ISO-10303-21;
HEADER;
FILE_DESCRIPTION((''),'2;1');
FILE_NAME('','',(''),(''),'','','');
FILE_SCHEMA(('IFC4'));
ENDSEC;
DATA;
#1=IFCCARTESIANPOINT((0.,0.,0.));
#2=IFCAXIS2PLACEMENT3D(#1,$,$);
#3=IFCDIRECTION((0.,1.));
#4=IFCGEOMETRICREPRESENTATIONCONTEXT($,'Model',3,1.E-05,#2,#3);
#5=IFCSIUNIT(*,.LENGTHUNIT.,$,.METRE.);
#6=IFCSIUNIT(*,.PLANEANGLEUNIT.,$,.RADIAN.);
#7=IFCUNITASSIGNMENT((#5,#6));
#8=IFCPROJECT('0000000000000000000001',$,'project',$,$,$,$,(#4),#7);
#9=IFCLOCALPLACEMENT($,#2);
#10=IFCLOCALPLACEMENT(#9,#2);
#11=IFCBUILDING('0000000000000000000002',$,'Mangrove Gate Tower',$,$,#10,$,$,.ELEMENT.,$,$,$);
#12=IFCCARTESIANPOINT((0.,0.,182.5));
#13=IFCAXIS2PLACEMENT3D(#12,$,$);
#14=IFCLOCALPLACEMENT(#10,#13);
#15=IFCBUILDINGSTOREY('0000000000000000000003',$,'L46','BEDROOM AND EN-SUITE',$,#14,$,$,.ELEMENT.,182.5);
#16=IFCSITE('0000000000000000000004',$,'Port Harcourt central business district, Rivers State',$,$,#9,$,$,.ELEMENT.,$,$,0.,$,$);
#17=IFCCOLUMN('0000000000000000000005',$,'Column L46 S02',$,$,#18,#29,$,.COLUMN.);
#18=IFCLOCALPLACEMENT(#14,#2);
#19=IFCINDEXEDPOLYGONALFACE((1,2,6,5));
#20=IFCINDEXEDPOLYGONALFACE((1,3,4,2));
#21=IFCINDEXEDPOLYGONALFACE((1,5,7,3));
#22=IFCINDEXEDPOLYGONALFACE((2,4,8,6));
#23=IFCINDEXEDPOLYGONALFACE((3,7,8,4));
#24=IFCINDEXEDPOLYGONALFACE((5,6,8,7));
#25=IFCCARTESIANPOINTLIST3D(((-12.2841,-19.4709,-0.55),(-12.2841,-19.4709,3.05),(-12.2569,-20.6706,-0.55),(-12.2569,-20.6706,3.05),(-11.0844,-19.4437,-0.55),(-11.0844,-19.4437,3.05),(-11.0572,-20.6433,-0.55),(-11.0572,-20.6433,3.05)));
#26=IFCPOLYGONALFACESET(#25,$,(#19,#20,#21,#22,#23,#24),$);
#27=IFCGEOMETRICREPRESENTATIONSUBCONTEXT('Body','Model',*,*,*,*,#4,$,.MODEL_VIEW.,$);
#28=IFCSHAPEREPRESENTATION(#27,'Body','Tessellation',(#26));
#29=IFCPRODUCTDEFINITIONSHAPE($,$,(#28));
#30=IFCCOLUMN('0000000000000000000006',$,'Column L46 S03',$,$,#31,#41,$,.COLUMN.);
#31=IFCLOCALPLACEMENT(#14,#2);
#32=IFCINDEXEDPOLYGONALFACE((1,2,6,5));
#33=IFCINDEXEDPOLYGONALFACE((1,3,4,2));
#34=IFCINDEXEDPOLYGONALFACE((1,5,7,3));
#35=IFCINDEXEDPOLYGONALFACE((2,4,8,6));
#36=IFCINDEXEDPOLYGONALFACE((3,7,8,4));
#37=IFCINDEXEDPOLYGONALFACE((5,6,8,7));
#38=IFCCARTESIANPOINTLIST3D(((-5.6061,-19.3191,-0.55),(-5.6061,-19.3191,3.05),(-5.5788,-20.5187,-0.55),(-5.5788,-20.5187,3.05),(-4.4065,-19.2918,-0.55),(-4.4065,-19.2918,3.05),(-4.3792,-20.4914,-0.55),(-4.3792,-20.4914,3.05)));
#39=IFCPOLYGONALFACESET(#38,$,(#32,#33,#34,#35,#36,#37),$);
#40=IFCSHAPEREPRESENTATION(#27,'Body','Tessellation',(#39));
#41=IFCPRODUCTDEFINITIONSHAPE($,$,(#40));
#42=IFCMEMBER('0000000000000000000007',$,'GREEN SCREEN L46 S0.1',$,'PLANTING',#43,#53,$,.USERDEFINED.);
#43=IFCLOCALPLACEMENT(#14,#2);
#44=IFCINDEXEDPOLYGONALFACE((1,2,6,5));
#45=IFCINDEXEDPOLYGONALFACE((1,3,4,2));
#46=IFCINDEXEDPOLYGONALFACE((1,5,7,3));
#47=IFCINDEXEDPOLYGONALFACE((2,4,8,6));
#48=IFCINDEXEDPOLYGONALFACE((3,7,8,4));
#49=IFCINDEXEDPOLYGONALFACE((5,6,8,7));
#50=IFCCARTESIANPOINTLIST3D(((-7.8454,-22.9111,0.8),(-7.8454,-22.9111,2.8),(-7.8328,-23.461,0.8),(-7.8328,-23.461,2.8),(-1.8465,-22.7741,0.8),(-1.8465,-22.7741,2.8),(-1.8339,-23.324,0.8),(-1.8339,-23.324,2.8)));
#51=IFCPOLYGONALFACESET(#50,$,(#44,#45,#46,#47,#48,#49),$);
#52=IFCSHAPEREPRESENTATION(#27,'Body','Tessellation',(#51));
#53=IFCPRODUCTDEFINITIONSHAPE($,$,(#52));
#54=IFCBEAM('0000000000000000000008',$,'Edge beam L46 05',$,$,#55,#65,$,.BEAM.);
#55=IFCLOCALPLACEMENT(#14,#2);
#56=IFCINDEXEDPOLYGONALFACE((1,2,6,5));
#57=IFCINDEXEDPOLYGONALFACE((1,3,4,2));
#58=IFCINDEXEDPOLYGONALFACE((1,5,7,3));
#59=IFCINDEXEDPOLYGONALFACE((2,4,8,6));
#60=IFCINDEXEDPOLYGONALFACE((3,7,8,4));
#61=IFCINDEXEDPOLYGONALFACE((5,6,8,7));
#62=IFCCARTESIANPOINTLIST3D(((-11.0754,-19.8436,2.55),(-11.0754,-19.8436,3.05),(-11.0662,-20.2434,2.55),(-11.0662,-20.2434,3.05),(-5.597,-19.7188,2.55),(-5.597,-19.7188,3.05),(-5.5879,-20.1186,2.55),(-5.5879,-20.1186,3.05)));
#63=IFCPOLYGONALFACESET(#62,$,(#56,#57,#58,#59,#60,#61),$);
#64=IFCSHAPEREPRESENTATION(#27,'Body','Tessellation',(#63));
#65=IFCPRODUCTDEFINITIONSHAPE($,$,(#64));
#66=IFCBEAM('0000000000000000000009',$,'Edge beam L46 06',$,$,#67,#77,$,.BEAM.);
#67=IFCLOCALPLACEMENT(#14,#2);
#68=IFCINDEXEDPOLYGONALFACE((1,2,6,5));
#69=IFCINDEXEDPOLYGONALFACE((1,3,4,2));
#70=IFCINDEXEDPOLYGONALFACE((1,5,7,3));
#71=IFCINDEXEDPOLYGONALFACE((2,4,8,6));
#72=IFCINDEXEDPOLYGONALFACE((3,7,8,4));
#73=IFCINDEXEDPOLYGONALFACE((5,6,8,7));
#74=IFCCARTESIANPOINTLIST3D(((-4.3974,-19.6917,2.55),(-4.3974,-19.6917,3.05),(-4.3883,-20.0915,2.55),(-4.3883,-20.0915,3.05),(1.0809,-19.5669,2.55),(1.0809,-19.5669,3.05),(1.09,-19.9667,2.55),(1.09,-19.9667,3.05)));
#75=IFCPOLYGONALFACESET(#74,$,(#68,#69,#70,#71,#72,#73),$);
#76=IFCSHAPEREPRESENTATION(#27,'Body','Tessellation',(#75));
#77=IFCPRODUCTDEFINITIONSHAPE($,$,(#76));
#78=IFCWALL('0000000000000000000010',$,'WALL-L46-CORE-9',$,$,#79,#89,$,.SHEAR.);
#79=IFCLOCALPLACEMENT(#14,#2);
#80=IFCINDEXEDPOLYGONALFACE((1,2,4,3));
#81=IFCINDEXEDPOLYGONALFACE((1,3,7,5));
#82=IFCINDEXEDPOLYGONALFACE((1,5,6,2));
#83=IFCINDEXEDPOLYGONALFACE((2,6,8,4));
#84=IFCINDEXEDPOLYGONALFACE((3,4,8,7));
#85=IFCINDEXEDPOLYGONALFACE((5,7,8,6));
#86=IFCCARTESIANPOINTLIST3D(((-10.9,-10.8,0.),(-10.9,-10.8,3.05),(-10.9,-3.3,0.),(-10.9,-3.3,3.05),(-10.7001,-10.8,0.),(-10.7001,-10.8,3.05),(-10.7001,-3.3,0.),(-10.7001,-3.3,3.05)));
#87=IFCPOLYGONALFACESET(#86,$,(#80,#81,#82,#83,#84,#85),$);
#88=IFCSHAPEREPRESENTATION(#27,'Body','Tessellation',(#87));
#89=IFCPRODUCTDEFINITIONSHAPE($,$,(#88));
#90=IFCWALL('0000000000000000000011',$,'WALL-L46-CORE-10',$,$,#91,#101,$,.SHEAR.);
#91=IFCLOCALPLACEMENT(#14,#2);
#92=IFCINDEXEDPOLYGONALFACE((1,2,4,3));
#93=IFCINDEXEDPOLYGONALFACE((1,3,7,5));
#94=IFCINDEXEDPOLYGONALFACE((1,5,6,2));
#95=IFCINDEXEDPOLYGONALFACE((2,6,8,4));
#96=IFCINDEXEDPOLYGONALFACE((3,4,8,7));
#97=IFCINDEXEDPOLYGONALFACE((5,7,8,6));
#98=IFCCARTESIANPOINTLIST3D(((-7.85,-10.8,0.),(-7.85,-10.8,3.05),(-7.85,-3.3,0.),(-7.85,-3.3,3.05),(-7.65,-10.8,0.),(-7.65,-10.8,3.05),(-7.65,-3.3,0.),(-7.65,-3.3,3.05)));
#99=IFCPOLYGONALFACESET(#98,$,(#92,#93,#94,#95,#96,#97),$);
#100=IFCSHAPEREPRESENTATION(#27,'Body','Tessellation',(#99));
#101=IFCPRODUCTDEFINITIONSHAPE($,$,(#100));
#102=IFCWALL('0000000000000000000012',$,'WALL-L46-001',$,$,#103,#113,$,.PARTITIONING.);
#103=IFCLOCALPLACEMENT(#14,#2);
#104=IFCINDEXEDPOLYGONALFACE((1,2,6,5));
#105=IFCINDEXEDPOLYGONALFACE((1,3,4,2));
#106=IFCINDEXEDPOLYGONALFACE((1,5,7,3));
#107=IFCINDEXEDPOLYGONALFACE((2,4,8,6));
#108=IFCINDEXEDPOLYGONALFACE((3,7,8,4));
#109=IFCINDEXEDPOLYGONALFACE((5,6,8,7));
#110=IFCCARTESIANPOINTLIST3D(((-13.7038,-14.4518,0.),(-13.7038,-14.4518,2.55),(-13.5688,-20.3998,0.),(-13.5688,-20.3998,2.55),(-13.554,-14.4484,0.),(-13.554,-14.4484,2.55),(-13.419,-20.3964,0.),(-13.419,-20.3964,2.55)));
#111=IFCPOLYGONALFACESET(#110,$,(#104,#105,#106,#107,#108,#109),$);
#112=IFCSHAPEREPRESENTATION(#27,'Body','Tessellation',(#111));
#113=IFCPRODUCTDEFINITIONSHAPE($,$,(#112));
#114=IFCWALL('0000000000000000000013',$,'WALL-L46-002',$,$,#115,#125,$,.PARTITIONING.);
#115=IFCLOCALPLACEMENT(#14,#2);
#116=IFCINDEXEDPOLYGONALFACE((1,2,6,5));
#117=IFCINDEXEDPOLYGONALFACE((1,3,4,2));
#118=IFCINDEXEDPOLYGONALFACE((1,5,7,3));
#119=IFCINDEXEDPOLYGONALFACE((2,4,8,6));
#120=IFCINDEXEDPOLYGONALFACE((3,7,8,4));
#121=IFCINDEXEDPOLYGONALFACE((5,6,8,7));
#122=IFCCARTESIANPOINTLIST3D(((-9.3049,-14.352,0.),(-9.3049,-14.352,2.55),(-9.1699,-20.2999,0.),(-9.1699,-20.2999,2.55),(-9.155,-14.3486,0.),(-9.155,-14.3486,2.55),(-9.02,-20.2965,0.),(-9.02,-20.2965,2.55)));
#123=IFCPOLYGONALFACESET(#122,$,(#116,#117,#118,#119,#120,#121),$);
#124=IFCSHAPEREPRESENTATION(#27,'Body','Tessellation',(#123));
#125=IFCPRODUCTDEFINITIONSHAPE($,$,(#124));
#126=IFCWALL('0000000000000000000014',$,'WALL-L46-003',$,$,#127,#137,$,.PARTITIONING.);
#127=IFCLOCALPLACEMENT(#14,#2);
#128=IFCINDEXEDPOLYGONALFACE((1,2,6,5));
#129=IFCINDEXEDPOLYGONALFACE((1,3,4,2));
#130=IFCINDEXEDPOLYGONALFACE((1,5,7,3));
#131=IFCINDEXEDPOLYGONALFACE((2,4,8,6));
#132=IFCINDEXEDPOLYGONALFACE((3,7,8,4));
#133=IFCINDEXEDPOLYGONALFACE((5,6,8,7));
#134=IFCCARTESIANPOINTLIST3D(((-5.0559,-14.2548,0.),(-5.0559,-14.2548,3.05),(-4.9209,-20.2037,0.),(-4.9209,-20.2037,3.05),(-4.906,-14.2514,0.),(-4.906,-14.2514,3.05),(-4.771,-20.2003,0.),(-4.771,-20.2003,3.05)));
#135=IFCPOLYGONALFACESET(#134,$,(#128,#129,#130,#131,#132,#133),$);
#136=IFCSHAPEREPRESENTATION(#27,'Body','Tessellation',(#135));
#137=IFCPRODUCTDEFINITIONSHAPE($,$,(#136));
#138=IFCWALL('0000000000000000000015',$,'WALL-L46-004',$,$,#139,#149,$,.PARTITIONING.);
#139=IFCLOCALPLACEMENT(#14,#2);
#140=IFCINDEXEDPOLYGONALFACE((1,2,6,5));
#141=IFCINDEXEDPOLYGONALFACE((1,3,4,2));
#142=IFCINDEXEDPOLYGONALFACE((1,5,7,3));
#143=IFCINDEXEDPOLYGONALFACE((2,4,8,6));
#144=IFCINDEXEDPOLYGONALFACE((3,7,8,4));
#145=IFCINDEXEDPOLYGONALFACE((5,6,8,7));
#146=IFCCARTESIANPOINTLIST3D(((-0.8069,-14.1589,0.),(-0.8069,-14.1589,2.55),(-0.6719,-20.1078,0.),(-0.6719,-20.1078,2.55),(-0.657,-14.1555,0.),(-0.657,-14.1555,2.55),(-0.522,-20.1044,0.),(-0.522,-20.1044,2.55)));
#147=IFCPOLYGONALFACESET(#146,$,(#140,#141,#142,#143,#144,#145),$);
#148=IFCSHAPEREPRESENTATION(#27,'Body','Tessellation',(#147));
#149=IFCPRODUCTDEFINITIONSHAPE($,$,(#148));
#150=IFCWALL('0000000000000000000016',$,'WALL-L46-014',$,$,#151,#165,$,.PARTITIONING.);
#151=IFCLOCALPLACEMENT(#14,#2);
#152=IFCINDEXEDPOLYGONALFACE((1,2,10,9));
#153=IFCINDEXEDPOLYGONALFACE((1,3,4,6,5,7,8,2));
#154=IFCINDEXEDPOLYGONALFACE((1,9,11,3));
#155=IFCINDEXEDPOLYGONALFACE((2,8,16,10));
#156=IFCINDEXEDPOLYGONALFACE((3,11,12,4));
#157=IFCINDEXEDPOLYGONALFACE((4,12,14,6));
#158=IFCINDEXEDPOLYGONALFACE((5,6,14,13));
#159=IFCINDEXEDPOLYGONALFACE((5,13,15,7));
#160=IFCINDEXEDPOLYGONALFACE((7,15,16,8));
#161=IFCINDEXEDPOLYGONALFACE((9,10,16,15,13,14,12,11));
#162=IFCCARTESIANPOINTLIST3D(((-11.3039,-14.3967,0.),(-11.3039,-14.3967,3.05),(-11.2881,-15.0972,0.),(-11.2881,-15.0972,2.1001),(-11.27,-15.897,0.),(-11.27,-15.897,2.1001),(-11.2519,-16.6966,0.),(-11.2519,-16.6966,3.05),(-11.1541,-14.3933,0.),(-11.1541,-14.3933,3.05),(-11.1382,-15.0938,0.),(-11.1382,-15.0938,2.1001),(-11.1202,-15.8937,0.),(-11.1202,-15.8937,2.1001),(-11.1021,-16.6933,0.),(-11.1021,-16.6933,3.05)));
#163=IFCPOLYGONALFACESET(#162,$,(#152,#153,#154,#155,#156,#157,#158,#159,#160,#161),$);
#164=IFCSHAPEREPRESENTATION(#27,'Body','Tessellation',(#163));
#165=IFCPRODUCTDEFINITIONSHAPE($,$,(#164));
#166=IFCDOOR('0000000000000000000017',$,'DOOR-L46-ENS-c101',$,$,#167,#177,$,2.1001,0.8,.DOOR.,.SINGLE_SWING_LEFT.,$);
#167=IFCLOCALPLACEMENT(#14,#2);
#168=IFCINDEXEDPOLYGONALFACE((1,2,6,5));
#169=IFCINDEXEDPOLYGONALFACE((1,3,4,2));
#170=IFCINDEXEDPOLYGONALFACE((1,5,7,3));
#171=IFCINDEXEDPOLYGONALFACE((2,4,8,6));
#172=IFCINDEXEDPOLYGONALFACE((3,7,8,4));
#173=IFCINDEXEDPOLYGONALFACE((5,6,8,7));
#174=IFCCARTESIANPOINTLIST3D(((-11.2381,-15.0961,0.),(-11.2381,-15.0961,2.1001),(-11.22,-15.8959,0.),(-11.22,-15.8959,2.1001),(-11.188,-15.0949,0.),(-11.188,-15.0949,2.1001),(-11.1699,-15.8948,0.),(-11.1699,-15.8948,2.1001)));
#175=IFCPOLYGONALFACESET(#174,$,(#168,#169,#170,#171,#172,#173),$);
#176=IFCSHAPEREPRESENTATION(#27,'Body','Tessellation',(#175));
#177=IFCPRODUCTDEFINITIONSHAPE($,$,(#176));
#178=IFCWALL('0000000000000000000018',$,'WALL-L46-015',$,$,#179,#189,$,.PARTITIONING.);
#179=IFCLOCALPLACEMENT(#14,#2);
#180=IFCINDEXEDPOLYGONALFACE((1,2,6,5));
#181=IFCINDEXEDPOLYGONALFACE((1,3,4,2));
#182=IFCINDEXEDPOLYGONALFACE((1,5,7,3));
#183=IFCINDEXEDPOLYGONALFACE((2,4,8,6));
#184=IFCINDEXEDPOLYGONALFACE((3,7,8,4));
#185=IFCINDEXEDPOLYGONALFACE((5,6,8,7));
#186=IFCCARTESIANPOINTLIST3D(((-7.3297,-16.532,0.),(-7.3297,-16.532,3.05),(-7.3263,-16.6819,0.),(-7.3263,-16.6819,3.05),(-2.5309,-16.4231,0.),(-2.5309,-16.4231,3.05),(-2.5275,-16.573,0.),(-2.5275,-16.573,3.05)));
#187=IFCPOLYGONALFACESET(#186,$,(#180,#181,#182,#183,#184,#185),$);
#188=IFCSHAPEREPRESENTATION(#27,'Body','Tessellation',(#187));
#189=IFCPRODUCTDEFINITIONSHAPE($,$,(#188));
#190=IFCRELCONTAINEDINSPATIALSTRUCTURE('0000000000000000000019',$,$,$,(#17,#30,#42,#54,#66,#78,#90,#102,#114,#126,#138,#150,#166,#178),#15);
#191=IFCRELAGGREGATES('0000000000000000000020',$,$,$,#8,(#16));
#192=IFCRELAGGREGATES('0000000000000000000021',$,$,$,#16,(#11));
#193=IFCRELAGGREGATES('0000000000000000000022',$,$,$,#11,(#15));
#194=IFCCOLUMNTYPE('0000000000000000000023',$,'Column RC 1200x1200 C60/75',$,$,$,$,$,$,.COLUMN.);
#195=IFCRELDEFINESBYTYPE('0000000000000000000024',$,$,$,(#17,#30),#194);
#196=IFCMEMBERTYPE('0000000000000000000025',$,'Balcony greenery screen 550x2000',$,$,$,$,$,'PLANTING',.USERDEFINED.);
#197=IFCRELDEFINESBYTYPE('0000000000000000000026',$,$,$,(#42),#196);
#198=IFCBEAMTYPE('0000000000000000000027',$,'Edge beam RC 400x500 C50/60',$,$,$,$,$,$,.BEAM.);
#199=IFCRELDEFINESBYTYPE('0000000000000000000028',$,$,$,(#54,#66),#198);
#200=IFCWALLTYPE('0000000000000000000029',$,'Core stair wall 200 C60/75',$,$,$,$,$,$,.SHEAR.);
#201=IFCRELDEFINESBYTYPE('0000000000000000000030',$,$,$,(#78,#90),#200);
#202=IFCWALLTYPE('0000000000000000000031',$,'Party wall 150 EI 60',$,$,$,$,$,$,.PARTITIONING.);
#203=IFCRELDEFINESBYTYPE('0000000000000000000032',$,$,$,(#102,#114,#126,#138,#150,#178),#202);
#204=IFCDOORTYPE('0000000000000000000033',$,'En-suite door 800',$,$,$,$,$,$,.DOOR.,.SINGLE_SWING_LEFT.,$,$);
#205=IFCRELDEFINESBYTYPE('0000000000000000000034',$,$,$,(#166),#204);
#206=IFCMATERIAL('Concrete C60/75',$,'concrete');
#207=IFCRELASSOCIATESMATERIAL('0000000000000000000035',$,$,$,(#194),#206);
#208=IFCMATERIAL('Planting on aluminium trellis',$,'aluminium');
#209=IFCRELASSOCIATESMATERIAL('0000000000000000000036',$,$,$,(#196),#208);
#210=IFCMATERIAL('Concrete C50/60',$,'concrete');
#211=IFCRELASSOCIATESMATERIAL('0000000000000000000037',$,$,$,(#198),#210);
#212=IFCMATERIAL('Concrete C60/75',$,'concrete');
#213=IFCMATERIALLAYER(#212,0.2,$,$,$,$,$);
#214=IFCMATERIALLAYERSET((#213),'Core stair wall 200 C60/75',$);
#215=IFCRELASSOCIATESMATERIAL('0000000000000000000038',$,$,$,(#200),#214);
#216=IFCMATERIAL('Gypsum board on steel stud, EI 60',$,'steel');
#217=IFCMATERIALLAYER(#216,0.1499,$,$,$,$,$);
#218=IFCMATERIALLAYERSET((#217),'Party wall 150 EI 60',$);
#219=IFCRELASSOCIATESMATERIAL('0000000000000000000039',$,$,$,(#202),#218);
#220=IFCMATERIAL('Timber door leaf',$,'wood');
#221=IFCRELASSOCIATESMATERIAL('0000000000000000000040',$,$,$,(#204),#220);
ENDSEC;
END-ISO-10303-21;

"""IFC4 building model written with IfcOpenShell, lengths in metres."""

from ifc_helpers import new_model, si_unit, direction, frame, frame_2d, origin, origin_2d, place, context, subcontext, project, spatial, rectangle, extrude, material, layer, layer_set, material_profile, profile_set, type_object, element, fill, save


model = new_model("IFC4")

# Units and contexts
model_context = context("Model", 3, precision=1e-05, world=origin(), true_north=direction((0.0, 1.0)))
body_context = subcontext(model_context, "Body", "Model", "MODEL_VIEW")
ifc_project = project(units=[si_unit("LENGTHUNIT", "METRE"), si_unit("PLANEANGLEUNIT", "RADIAN")], contexts=[model_context])

# Site, building, storey
site_placement = place(None, origin())
site = spatial("IfcSite", under=ifc_project, at=site_placement, Name="Port Harcourt central business district, Rivers State", CompositionType="ELEMENT", RefElevation=0.0)
building_placement = place(site_placement, origin())
building = spatial("IfcBuilding", under=site, at=building_placement, Name="Mangrove Gate Tower", CompositionType="ELEMENT")
storey_placement = place(building_placement, frame((0.0, 0.0, 182.5)))
storey = spatial("IfcBuildingStorey", under=building, at=storey_placement, Name="L46", Description="BEDROOM AND EN-SUITE", CompositionType="ELEMENT", Elevation=182.5)

# Columns
ifc_material_1 = material(Name="Concrete C60/75", Category="concrete")
ifc_material_profile_1 = material_profile(ifc_material_1, rectangle(XDim=1.2, YDim=1.2, at=origin_2d()))
ifc_profile_set_1 = profile_set([ifc_material_profile_1], Name="Concrete C60/75")
column_type = type_object("IfcColumnType", Name="Column RC 1200x1200 C60/75", PredefinedType="COLUMN", material=ifc_profile_set_1)
for number, where, z_axis, x_axis, name in (
    (1, (-11.6707, -20.0571, -0.55), (0.0, 0.0, 1.0), (0.999743, 0.022679, 0.0), "Column L46 S02"),
    (2, (-4.9927, -19.9053, -0.55), (0.0, 0.0, 1.0), (0.999741, 0.022755, 0.0), "Column L46 S03"),
):
    element("IfcColumn", number, at=place(storey_placement, frame(where, z_axis=z_axis, x_axis=x_axis)), inside=storey, type_object=column_type, Name=name, PredefinedType="COLUMN", context=body_context, shape_type="SweptSolid", body=[
        extrude(rectangle(XDim=1.2, YDim=1.2, at=origin_2d()), origin(), (0.0, 0.0, 1.0), 3.6001),
    ])

# Member
ifc_material_2 = material(Name="Planting on aluminium trellis", Category="aluminium")
ifc_material_profile_2 = material_profile(ifc_material_2, rectangle(XDim=0.55, YDim=2.0, at=origin_2d()))
ifc_profile_set_2 = profile_set([ifc_material_profile_2], Name="Planting on aluminium trellis")
member_type = type_object("IfcMemberType", Name="Balcony greenery screen 550x2000", ElementType="PLANTING", PredefinedType="USERDEFINED", material=ifc_profile_set_2)
member_placement = place(storey_placement, frame((-7.8391, -23.186, 1.8), z_axis=(0.999739, 0.022825, 0.0), x_axis=(-0.022825, 0.999739, 0.0)))
element("IfcMember", 3, at=member_placement, inside=storey, type_object=member_type, Name="GREEN SCREEN L46 S0.1", ObjectType="PLANTING", PredefinedType="USERDEFINED", context=body_context, shape_type="SweptSolid", body=[
    extrude(rectangle(XDim=0.55, YDim=2.0, at=origin_2d()), origin(), (0.0, 0.0, 1.0), 6.0005),
])

# Beams
ifc_material_3 = material(Name="Concrete C50/60", Category="concrete")
ifc_material_profile_3 = material_profile(ifc_material_3, rectangle(XDim=0.3999, YDim=0.5, at=origin_2d()))
ifc_profile_set_3 = profile_set([ifc_material_profile_3], Name="Concrete C50/60")
beam_type = type_object("IfcBeamType", Name="Edge beam RC 400x500 C50/60", PredefinedType="BEAM", material=ifc_profile_set_3)
for number, where, z_axis, x_axis, name in (
    (4, (-11.0708, -20.0435, 2.8), (0.999741, 0.022767, 0.0), (-0.022767, 0.999741, 0.0), "Edge beam L46 05"),
    (5, (-4.3928, -19.8916, 2.8), (0.999741, 0.022767, 0.0), (-0.022767, 0.999741, 0.0), "Edge beam L46 06"),
):
    element("IfcBeam", number, at=place(storey_placement, frame(where, z_axis=z_axis, x_axis=x_axis)), inside=storey, type_object=beam_type, Name=name, PredefinedType="BEAM", context=body_context, shape_type="SweptSolid", body=[
        extrude(rectangle(XDim=0.3999, YDim=0.5, at=origin_2d()), origin(), (0.0, 0.0, 1.0), 5.4797),
    ])

# Walls
ifc_material_4 = material(Name="Concrete C60/75", Category="concrete")
ifc_layer_1 = layer(ifc_material_4, 0.2)
ifc_layer_set_1 = layer_set([ifc_layer_1], Name="Core stair wall 200 C60/75")
wall_type_1 = type_object("IfcWallType", Name="Core stair wall 200 C60/75", PredefinedType="SHEAR", material=ifc_layer_set_1)
for number, where, z_axis, x_axis, name in (
    (6, (-10.8, -10.8, 0.0), (0.0, 0.0, 1.0), (0.0, 1.0, 0.0), "WALL-L46-CORE-9"),
    (7, (-7.75, -10.8, 0.0), (0.0, 0.0, 1.0), (0.0, 1.0, 0.0), "WALL-L46-CORE-10"),
):
    element("IfcWall", number, at=place(storey_placement, frame(where, z_axis=z_axis, x_axis=x_axis)), inside=storey, type_object=wall_type_1, Name=name, PredefinedType="SHEAR", context=body_context, shape_type="SweptSolid", body=[
        extrude(rectangle(XDim=7.5, YDim=0.2, at=frame_2d((3.75, 0.0))), origin(), (0.0, 0.0, 1.0), 3.05),
    ])
ifc_material_5 = material(Name="Gypsum board on steel stud, EI 60", Category="steel")
ifc_layer_2 = layer(ifc_material_5, 0.1499)
ifc_layer_set_2 = layer_set([ifc_layer_2], Name="Party wall 150 EI 60")
wall_type_2 = type_object("IfcWallType", Name="Party wall 150 EI 60", PredefinedType="PARTITIONING", material=ifc_layer_set_2)
for number, where, z_axis, x_axis, name in (
    (8, (-13.4939, -20.3979, 0.0), (0.0, 0.0, 1.0), (-0.022693, 0.999742, 0.0), "WALL-L46-001"),
    (9, (-9.095, -20.2981, 0.0), (0.0, 0.0, 1.0), (-0.022693, 0.999742, 0.0), "WALL-L46-002"),
):
    element("IfcWall", number, at=place(storey_placement, frame(where, z_axis=z_axis, x_axis=x_axis)), inside=storey, type_object=wall_type_2, Name=name, PredefinedType="PARTITIONING", context=body_context, shape_type="SweptSolid", body=[
        extrude(rectangle(XDim=5.9495, YDim=0.1499, at=frame_2d((2.9746, 0.0))), origin(), (0.0, 0.0, 1.0), 2.55),
    ])
wall_1_placement = place(storey_placement, frame((-4.8459, -20.2019, 0.0), z_axis=(0.0, 0.0, 1.0), x_axis=(-0.022689, 0.999743, 0.0)))
element("IfcWall", 10, at=wall_1_placement, inside=storey, type_object=wall_type_2, Name="WALL-L46-003", PredefinedType="PARTITIONING", context=body_context, shape_type="SweptSolid", body=[
    extrude(rectangle(XDim=5.9504, YDim=0.1499, at=frame_2d((2.9751, 0.0))), origin(), (0.0, 0.0, 1.0), 3.05),
])
wall_2_placement = place(storey_placement, frame((-0.5969, -20.106, 0.0), z_axis=(0.0, 0.0, 1.0), x_axis=(-0.022689, 0.999743, 0.0)))
element("IfcWall", 11, at=wall_2_placement, inside=storey, type_object=wall_type_2, Name="WALL-L46-004", PredefinedType="PARTITIONING", context=body_context, shape_type="SweptSolid", body=[
    extrude(rectangle(XDim=5.9504, YDim=0.1499, at=frame_2d((2.9751, 0.0))), origin(), (0.0, 0.0, 1.0), 2.55),
])

# Wall, opening, door
wall_3_placement = place(storey_placement, frame((-11.177, -16.6951, 0.0), z_axis=(0.0, 0.0, 1.0), x_axis=(-0.022603, 0.999745, 0.0)))
wall_3 = element("IfcWall", 12, at=wall_3_placement, inside=storey, type_object=wall_type_2, Name="WALL-L46-014", PredefinedType="PARTITIONING", context=body_context, shape_type="SweptSolid", body=[
    extrude(rectangle(XDim=2.3005, YDim=0.1499, at=frame_2d((1.1504, 0.0))), origin(), (0.0, 0.0, 1.0), 3.05),
])
opening_1_placement = place(wall_3_placement, frame((0.8, 0.0, 0.0)))
opening_1 = element("IfcOpeningElement", 13, at=opening_1_placement, cuts=wall_3, PredefinedType="OPENING", context=body_context, shape_type="SweptSolid", body=[
    extrude(rectangle(XDim=0.8, YDim=2.1001, at=frame_2d((0.3999, 1.05))), frame((0.0, 0.085, 0.0), z_axis=(0.0, -1.0, 0.0), x_axis=(1.0, 0.0, 0.0)), (0.0, 0.0, 1.0), 0.1699),
])
ifc_material_6 = material(Name="Timber door leaf", Category="wood")
door_type = type_object("IfcDoorType", Name="En-suite door 800", OperationType="SINGLE_SWING_LEFT", PredefinedType="DOOR", material=ifc_material_6)
door_1_placement = place(opening_1_placement, origin())
door_1 = element("IfcDoor", 14, at=door_1_placement, inside=storey, type_object=door_type, Name="DOOR-L46-ENS-c101", OperationType="SINGLE_SWING_LEFT", OverallHeight=2.1001, OverallWidth=0.8, PredefinedType="DOOR", context=body_context, shape_type="SweptSolid", body=[
    extrude(rectangle(XDim=0.8, YDim=2.1001, at=frame_2d((0.3999, 1.05))), frame((0.0, 0.0249, 0.0), z_axis=(0.0, -1.0, 0.0), x_axis=(1.0, 0.0, 0.0)), (0.0, 0.0, 1.0), 0.05),
])
fill(opening_1, door_1)

# Wall
wall_4_placement = place(storey_placement, frame((-7.3279, -16.6069, 0.0), z_axis=(0.0, 0.0, 1.0), x_axis=(0.999743, 0.022684, 0.0)))
element("IfcWall", 15, at=wall_4_placement, inside=storey, type_object=wall_type_2, Name="WALL-L46-015", PredefinedType="PARTITIONING", context=body_context, shape_type="SweptSolid", body=[
    extrude(rectangle(XDim=4.8, YDim=0.1499, at=frame_2d((2.3999, 0.0))), origin(), (0.0, 0.0, 1.0), 3.05),
])

save(model, "model.ifc")
